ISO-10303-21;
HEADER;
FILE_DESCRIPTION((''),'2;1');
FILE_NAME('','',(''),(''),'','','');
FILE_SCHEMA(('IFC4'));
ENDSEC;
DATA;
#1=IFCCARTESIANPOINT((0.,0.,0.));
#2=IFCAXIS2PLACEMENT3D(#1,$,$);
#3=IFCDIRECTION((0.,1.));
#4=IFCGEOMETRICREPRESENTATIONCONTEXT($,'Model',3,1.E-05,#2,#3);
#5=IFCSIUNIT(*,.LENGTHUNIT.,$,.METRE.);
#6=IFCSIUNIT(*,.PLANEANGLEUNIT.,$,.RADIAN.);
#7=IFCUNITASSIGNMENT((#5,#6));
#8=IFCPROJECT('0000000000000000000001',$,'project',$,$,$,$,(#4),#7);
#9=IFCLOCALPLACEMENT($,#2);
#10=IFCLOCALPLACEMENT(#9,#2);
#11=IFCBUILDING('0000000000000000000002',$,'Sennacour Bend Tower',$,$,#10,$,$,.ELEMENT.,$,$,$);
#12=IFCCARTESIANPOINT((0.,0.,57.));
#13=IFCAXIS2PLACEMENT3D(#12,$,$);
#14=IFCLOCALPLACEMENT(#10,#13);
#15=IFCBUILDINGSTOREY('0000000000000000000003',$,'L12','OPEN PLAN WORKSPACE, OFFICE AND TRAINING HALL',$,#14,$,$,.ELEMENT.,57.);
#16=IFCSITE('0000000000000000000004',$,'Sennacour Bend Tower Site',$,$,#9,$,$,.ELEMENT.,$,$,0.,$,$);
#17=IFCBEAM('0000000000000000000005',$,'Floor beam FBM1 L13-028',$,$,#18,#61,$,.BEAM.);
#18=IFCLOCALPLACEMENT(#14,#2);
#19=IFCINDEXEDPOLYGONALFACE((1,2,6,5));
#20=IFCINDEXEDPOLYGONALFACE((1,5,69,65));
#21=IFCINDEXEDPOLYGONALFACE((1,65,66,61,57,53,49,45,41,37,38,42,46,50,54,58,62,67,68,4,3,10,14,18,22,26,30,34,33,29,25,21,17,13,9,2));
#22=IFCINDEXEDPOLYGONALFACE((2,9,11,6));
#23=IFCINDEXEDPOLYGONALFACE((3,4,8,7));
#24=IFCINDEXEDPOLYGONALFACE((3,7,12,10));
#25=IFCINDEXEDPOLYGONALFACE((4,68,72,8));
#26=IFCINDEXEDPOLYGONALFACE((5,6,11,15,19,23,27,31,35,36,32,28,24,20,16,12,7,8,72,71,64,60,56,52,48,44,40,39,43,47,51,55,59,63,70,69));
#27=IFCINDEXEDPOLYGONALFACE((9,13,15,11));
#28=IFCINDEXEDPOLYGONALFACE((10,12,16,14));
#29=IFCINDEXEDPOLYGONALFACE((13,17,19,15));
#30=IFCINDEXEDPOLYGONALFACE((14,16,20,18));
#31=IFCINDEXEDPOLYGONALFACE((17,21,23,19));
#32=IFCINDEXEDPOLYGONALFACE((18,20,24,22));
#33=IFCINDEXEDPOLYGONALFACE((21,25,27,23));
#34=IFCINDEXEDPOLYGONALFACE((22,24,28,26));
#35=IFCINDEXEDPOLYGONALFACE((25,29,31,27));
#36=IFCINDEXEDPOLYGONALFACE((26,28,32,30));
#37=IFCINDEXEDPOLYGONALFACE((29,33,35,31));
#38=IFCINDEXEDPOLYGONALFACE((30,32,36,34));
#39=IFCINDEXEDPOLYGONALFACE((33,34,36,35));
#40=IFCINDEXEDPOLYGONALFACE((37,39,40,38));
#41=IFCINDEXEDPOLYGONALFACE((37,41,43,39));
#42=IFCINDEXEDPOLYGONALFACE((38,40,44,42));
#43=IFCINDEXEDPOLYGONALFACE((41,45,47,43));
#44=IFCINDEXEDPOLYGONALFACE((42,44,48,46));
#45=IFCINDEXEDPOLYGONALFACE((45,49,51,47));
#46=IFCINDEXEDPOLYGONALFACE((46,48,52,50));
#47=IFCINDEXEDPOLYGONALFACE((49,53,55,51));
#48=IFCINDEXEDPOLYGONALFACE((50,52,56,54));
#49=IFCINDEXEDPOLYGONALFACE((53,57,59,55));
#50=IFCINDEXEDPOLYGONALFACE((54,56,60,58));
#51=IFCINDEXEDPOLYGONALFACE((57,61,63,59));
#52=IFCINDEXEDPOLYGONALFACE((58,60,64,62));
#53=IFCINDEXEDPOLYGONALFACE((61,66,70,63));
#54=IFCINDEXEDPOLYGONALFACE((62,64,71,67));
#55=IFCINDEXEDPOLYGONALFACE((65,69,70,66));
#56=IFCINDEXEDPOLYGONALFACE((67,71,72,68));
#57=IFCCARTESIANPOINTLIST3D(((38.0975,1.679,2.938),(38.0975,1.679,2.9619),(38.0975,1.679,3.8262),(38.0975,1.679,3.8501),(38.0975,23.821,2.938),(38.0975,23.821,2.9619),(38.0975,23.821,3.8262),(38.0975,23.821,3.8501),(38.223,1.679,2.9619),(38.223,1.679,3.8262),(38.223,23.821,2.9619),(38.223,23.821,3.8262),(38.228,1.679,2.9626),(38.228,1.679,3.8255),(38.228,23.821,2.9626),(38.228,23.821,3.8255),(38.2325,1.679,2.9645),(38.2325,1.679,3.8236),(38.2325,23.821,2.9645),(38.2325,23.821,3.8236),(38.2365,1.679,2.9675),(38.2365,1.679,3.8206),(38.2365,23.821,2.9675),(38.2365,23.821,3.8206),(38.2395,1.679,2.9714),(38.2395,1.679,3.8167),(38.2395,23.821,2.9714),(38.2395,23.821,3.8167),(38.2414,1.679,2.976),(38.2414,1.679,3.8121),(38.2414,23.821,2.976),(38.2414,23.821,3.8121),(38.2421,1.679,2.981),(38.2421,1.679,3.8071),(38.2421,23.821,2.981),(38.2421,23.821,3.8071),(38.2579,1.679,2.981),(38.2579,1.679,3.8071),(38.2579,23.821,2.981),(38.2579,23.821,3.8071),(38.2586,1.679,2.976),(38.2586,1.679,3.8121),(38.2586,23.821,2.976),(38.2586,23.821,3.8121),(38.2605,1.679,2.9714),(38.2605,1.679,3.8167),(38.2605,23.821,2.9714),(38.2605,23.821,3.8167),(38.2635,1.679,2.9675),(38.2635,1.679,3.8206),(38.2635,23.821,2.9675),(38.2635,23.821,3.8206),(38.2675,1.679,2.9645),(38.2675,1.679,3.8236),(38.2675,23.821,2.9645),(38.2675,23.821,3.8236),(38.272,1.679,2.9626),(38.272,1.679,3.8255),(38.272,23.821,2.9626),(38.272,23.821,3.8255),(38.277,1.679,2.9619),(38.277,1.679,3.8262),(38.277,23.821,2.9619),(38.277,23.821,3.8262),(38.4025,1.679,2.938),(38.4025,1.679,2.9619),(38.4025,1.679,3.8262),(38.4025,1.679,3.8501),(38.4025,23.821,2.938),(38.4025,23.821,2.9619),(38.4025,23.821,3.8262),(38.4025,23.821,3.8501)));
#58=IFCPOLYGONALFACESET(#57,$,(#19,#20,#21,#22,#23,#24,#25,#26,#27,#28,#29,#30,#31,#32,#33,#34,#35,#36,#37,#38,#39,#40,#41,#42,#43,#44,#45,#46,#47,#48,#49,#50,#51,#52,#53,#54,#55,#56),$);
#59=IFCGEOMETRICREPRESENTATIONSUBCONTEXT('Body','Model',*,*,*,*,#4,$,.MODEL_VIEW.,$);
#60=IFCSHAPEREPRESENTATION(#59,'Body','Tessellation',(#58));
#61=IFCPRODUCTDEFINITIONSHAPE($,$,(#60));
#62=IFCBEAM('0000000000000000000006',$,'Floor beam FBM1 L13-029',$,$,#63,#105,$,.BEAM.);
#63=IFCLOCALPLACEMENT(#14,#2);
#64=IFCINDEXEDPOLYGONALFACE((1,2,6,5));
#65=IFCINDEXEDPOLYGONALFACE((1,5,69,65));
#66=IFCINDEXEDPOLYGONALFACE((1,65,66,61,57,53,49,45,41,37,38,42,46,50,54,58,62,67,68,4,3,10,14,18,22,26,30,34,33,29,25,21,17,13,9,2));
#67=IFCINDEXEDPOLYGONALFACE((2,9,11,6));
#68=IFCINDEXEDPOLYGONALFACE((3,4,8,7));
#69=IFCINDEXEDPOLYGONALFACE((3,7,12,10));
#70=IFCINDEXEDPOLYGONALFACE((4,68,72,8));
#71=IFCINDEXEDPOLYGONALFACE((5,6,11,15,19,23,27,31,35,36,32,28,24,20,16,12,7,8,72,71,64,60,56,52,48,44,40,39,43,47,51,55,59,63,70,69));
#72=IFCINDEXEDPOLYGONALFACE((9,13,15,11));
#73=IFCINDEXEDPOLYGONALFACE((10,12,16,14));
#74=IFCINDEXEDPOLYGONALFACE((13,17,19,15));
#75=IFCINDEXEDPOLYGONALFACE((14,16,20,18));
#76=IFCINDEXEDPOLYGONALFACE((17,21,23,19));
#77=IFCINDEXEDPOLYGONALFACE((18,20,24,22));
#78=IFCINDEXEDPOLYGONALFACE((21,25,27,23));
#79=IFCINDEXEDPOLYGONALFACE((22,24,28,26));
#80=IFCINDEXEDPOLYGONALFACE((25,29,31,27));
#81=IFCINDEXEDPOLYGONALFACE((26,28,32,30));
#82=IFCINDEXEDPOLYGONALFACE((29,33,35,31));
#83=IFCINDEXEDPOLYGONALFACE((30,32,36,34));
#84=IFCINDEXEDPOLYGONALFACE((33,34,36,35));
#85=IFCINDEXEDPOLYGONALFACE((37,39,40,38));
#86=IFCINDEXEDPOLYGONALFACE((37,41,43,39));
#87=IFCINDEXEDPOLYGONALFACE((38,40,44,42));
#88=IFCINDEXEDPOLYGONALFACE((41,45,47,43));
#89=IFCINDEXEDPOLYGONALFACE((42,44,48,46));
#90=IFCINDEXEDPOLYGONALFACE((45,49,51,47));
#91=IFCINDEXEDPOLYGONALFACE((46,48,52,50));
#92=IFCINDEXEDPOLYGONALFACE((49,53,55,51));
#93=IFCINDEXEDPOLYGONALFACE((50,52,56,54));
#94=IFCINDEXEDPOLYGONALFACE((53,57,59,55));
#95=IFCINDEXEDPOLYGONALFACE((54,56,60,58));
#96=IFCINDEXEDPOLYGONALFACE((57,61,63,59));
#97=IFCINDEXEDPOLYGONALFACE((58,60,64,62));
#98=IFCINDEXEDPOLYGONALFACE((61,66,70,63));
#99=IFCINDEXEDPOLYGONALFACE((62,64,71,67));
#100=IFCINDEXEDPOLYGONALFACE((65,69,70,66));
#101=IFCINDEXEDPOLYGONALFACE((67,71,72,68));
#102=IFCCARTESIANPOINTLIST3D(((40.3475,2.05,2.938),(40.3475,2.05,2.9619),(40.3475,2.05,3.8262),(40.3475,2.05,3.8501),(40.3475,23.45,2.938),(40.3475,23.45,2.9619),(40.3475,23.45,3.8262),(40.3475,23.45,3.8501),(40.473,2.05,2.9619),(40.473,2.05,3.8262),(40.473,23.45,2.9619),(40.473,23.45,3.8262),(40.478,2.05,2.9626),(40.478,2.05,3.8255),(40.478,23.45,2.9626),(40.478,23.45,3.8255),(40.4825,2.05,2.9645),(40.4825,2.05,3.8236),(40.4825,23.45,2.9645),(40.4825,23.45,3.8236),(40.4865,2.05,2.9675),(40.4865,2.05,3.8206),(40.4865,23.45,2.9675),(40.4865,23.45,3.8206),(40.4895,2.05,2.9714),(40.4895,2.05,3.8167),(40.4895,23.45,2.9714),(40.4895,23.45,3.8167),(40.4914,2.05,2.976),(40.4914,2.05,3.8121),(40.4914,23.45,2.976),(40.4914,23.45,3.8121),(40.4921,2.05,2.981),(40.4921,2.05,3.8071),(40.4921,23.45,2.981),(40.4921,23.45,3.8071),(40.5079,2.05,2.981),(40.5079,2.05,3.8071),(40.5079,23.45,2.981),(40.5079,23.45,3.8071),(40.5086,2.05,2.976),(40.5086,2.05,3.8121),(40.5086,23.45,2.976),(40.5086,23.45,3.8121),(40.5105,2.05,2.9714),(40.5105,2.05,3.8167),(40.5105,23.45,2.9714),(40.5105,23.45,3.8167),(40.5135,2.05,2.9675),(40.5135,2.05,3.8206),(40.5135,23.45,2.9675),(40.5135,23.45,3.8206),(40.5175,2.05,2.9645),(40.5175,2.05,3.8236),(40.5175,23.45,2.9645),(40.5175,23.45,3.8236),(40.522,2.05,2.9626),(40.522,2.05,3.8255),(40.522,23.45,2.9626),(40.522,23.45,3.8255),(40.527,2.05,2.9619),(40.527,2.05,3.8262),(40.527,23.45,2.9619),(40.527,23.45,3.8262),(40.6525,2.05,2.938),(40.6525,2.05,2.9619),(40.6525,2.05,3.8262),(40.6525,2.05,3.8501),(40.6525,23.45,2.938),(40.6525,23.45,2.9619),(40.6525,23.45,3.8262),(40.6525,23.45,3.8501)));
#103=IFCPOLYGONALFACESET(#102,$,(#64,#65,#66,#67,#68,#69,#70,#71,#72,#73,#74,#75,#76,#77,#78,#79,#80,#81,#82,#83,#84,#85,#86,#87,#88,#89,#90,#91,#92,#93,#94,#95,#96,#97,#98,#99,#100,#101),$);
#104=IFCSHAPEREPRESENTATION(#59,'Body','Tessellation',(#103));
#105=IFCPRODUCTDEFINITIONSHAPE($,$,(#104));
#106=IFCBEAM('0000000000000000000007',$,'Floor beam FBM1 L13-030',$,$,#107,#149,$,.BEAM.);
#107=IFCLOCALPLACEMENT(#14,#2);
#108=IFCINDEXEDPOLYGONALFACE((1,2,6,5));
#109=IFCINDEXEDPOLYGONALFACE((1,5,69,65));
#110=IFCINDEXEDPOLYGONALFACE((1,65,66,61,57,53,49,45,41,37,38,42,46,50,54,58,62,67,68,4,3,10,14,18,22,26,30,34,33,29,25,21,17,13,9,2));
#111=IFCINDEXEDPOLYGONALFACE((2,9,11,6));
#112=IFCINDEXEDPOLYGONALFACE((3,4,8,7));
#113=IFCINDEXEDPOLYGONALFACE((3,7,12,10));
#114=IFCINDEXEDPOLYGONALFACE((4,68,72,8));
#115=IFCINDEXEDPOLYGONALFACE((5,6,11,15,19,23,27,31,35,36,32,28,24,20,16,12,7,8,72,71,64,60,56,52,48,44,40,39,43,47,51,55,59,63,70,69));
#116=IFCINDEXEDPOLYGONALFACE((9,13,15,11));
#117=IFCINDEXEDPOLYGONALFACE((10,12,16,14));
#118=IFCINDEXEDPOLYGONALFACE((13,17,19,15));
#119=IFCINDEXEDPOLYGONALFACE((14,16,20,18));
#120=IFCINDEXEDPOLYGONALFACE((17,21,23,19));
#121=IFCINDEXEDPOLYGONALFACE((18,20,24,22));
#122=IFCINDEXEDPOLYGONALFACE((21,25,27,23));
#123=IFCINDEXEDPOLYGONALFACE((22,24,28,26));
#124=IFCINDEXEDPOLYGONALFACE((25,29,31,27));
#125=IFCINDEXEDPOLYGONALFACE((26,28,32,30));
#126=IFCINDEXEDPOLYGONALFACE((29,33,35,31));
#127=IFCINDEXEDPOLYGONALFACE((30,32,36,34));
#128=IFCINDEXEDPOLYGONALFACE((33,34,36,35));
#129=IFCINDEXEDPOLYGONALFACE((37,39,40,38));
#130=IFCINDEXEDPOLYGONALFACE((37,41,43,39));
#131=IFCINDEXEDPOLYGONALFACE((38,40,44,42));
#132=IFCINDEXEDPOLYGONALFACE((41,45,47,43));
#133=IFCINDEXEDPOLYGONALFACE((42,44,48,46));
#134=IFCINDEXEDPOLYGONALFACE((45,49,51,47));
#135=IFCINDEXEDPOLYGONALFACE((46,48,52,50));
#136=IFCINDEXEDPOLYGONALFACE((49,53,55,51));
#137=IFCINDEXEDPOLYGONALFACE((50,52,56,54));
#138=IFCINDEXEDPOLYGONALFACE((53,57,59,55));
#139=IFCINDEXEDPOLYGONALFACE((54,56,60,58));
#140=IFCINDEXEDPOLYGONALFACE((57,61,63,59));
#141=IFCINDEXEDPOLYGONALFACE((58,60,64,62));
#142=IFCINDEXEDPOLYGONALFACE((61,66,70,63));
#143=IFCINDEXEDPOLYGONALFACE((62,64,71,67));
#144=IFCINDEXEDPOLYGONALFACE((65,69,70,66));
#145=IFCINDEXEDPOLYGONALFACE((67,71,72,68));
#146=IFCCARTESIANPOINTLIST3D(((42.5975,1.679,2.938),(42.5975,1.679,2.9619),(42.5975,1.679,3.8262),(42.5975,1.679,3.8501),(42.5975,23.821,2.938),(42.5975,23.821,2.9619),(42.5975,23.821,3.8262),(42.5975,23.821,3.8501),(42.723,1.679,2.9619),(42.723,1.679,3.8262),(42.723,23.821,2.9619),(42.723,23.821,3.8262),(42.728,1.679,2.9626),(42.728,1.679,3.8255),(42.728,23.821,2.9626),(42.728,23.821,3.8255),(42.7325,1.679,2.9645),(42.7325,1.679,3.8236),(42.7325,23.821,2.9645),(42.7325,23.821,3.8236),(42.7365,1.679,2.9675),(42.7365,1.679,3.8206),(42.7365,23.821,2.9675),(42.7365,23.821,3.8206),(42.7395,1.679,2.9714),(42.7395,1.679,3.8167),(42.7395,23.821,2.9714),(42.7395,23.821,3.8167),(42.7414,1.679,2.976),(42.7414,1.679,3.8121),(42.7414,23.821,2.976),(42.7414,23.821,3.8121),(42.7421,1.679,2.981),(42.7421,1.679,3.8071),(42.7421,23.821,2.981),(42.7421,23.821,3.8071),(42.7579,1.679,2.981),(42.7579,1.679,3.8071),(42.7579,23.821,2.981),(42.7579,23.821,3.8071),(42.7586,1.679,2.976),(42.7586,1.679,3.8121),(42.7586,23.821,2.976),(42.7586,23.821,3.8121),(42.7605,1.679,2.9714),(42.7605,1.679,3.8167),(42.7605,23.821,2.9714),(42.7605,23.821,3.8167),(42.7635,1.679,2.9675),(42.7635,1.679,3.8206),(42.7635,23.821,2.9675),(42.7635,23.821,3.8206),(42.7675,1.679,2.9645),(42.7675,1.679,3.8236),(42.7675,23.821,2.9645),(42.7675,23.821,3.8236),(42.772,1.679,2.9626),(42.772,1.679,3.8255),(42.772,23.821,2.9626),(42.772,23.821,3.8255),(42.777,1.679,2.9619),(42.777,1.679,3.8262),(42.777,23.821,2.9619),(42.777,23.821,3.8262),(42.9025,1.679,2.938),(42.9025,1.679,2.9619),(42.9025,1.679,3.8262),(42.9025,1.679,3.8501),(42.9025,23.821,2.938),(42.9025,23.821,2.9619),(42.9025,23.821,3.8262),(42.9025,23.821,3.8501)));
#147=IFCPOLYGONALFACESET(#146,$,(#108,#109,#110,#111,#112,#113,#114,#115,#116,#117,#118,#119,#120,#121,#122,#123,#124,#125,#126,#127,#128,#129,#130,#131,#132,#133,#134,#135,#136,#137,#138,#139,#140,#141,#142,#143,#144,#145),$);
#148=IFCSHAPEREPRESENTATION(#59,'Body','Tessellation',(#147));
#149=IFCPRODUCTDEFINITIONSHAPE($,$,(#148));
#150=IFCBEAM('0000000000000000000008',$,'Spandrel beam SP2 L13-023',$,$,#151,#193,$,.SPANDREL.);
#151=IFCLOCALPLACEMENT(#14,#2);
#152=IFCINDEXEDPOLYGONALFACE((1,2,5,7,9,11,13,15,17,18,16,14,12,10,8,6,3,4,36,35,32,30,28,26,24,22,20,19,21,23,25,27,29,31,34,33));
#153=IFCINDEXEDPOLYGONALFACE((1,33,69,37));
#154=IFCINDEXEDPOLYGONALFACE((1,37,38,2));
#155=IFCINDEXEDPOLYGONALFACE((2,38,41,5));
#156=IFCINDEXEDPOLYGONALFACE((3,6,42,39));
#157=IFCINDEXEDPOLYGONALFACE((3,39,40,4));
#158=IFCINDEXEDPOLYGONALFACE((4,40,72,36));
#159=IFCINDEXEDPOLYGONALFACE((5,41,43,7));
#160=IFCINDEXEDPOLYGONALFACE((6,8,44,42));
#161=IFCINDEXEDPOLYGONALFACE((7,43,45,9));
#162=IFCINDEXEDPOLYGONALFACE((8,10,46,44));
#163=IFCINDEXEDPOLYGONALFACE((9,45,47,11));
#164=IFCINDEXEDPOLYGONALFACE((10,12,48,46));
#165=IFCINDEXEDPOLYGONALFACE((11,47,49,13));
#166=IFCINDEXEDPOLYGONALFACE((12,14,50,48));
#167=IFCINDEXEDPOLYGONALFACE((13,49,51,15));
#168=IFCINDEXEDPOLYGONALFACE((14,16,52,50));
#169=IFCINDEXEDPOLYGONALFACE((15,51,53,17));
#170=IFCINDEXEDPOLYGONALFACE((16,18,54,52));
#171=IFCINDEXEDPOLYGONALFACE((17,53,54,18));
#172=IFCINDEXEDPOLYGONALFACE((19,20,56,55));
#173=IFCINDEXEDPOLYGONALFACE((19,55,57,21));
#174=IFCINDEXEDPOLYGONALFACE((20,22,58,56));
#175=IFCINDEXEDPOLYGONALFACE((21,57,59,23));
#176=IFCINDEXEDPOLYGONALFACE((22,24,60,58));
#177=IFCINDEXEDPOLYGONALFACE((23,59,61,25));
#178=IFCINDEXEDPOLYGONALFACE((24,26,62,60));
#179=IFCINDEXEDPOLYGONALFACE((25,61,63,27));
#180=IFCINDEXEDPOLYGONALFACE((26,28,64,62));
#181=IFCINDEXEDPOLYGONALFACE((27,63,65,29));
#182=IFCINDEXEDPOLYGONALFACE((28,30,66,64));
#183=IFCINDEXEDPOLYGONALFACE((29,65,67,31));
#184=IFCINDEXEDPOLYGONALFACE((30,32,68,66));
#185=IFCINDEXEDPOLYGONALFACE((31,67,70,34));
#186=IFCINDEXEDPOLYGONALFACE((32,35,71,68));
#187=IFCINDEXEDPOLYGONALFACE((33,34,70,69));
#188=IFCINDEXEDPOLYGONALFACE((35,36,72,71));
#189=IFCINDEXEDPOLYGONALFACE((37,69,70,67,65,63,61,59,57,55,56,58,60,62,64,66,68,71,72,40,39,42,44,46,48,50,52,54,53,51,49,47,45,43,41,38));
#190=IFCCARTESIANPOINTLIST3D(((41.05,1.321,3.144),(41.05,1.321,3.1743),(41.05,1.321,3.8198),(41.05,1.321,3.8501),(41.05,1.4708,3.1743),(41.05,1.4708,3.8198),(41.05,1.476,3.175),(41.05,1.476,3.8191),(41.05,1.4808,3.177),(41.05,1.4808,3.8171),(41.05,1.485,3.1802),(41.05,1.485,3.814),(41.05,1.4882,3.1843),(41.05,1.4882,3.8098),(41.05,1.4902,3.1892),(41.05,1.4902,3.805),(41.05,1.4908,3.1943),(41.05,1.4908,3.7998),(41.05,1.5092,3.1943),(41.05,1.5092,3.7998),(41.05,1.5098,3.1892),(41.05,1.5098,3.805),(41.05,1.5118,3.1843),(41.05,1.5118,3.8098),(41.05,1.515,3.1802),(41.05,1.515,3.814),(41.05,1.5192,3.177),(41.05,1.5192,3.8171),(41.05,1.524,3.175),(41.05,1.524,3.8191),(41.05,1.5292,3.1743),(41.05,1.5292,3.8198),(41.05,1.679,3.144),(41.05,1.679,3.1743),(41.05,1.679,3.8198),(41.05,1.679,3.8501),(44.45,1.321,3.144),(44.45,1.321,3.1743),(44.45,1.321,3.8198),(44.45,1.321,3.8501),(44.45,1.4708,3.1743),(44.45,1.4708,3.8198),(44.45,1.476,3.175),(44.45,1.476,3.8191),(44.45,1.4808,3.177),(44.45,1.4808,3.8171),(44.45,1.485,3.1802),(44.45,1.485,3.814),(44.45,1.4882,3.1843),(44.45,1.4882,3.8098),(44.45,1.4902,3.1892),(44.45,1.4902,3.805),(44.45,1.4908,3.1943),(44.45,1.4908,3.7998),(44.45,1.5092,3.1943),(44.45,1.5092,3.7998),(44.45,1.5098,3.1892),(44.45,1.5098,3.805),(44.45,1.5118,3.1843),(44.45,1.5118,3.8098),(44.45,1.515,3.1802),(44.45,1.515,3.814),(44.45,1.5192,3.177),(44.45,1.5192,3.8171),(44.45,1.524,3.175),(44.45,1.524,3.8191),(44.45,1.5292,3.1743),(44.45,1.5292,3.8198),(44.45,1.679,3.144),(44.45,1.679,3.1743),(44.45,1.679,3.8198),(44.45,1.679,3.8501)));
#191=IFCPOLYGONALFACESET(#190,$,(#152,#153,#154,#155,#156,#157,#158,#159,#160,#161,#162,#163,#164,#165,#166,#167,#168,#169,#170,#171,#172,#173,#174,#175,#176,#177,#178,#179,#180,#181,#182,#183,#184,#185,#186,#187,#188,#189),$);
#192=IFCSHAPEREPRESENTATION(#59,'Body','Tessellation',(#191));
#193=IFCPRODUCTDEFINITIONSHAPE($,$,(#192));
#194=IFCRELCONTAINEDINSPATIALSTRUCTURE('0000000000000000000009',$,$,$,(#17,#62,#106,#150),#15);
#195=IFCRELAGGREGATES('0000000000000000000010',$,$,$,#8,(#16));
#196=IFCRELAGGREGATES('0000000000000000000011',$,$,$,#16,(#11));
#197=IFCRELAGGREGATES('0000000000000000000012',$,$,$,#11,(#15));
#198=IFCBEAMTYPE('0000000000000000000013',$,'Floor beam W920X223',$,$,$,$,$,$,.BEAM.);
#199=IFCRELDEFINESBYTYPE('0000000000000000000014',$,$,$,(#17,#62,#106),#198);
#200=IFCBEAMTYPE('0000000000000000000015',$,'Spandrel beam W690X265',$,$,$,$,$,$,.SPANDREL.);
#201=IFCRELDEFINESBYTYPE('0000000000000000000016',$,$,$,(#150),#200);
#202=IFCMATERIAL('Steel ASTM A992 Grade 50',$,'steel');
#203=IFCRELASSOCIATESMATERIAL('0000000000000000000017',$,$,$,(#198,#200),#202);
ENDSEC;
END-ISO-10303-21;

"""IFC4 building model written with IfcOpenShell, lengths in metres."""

from ifc_helpers import new_model, si_unit, direction, frame, origin, origin_2d, place, context, subcontext, project, spatial, i_section, extrude, material, material_profile, profile_set, type_object, element, save


model = new_model("IFC4")

# Units and contexts
model_context = context("Model", 3, precision=1e-05, world=origin(), true_north=direction((0.0, 1.0)))
body_context = subcontext(model_context, "Body", "Model", "MODEL_VIEW")
ifc_project = project(units=[si_unit("LENGTHUNIT", "METRE"), si_unit("PLANEANGLEUNIT", "RADIAN")], contexts=[model_context])

# Site, building, storey
site_placement = place(None, origin())
site = spatial("IfcSite", under=ifc_project, at=site_placement, Name="Sennacour Bend Tower Site", CompositionType="ELEMENT", RefElevation=0.0)
building_placement = place(site_placement, origin())
building = spatial("IfcBuilding", under=site, at=building_placement, Name="Sennacour Bend Tower", CompositionType="ELEMENT")
storey_placement = place(building_placement, frame((0.0, 0.0, 57.0)))
storey = spatial("IfcBuildingStorey", under=building, at=storey_placement, Name="L12", Description="OPEN PLAN WORKSPACE, OFFICE AND TRAINING HALL", CompositionType="ELEMENT", Elevation=57.0)

# Beams
ifc_material_1 = material(Name="Steel ASTM A992 Grade 50", Category="steel")
ifc_material_profile_1 = material_profile(ifc_material_1, i_section(OverallWidth=0.3049, OverallDepth=0.9121, WebThickness=0.0159, FlangeThickness=0.0239, FilletRadius=0.019, at=origin_2d()), Name="Steel ASTM A992 Grade 50", Category="steel")
ifc_profile_set_1 = profile_set([ifc_material_profile_1], Name="Steel ASTM A992 Grade 50")
beam_type_1 = type_object("IfcBeamType", Name="Floor beam W920X223", PredefinedType="BEAM", material=ifc_profile_set_1)
beam_1_placement = place(storey_placement, frame((38.25, 1.679, 3.394), z_axis=(0.0, 1.0, 0.0), x_axis=(-1.0, 0.0, 0.0)))
element("IfcBeam", 1, at=beam_1_placement, inside=storey, type_object=beam_type_1, Name="Floor beam FBM1 L13-028", PredefinedType="BEAM", context=body_context, shape_type="SweptSolid", body=[
    extrude(i_section(OverallWidth=0.3049, OverallDepth=0.9121, WebThickness=0.0159, FlangeThickness=0.0239, FilletRadius=0.019, at=origin_2d()), origin(), (0.0, 0.0, 1.0), 22.1421),
])
beam_2_placement = place(storey_placement, frame((40.5, 2.05, 3.394), z_axis=(0.0, 1.0, 0.0), x_axis=(-1.0, 0.0, 0.0)))
element("IfcBeam", 2, at=beam_2_placement, inside=storey, type_object=beam_type_1, Name="Floor beam FBM1 L13-029", PredefinedType="BEAM", context=body_context, shape_type="SweptSolid", body=[
    extrude(i_section(OverallWidth=0.3049, OverallDepth=0.9121, WebThickness=0.0159, FlangeThickness=0.0239, FilletRadius=0.019, at=origin_2d()), origin(), (0.0, 0.0, 1.0), 21.3999),
])
beam_3_placement = place(storey_placement, frame((42.75, 1.679, 3.394), z_axis=(0.0, 1.0, 0.0), x_axis=(-1.0, 0.0, 0.0)))
element("IfcBeam", 3, at=beam_3_placement, inside=storey, type_object=beam_type_1, Name="Floor beam FBM1 L13-030", PredefinedType="BEAM", context=body_context, shape_type="SweptSolid", body=[
    extrude(i_section(OverallWidth=0.3049, OverallDepth=0.9121, WebThickness=0.0159, FlangeThickness=0.0239, FilletRadius=0.019, at=origin_2d()), origin(), (0.0, 0.0, 1.0), 22.1421),
])
ifc_material_profile_2 = material_profile(ifc_material_1, i_section(OverallWidth=0.3579, OverallDepth=0.7061, WebThickness=0.0183, FlangeThickness=0.0303, FilletRadius=0.02, at=origin_2d()), Name="Steel ASTM A992 Grade 50", Category="steel")
ifc_profile_set_2 = profile_set([ifc_material_profile_2], Name="Steel ASTM A992 Grade 50")
beam_type_2 = type_object("IfcBeamType", Name="Spandrel beam W690X265", PredefinedType="SPANDREL", material=ifc_profile_set_2)
for number, where, z_axis, x_axis, name in (
    (4, (44.45, 1.5, 3.4971), (-1.0, 0.0, 0.0), (0.0, -1.0, 0.0), "Spandrel beam SP2 L13-023"),
):
    element("IfcBeam", number, at=place(storey_placement, frame(where, z_axis=z_axis, x_axis=x_axis)), inside=storey, type_object=beam_type_2, Name=name, PredefinedType="SPANDREL", context=body_context, shape_type="SweptSolid", body=[
        extrude(i_section(OverallWidth=0.3579, OverallDepth=0.7061, WebThickness=0.0183, FlangeThickness=0.0303, FilletRadius=0.02, at=origin_2d()), origin(), (0.0, 0.0, 1.0), 3.3999),
    ])

save(model, "model.ifc")
